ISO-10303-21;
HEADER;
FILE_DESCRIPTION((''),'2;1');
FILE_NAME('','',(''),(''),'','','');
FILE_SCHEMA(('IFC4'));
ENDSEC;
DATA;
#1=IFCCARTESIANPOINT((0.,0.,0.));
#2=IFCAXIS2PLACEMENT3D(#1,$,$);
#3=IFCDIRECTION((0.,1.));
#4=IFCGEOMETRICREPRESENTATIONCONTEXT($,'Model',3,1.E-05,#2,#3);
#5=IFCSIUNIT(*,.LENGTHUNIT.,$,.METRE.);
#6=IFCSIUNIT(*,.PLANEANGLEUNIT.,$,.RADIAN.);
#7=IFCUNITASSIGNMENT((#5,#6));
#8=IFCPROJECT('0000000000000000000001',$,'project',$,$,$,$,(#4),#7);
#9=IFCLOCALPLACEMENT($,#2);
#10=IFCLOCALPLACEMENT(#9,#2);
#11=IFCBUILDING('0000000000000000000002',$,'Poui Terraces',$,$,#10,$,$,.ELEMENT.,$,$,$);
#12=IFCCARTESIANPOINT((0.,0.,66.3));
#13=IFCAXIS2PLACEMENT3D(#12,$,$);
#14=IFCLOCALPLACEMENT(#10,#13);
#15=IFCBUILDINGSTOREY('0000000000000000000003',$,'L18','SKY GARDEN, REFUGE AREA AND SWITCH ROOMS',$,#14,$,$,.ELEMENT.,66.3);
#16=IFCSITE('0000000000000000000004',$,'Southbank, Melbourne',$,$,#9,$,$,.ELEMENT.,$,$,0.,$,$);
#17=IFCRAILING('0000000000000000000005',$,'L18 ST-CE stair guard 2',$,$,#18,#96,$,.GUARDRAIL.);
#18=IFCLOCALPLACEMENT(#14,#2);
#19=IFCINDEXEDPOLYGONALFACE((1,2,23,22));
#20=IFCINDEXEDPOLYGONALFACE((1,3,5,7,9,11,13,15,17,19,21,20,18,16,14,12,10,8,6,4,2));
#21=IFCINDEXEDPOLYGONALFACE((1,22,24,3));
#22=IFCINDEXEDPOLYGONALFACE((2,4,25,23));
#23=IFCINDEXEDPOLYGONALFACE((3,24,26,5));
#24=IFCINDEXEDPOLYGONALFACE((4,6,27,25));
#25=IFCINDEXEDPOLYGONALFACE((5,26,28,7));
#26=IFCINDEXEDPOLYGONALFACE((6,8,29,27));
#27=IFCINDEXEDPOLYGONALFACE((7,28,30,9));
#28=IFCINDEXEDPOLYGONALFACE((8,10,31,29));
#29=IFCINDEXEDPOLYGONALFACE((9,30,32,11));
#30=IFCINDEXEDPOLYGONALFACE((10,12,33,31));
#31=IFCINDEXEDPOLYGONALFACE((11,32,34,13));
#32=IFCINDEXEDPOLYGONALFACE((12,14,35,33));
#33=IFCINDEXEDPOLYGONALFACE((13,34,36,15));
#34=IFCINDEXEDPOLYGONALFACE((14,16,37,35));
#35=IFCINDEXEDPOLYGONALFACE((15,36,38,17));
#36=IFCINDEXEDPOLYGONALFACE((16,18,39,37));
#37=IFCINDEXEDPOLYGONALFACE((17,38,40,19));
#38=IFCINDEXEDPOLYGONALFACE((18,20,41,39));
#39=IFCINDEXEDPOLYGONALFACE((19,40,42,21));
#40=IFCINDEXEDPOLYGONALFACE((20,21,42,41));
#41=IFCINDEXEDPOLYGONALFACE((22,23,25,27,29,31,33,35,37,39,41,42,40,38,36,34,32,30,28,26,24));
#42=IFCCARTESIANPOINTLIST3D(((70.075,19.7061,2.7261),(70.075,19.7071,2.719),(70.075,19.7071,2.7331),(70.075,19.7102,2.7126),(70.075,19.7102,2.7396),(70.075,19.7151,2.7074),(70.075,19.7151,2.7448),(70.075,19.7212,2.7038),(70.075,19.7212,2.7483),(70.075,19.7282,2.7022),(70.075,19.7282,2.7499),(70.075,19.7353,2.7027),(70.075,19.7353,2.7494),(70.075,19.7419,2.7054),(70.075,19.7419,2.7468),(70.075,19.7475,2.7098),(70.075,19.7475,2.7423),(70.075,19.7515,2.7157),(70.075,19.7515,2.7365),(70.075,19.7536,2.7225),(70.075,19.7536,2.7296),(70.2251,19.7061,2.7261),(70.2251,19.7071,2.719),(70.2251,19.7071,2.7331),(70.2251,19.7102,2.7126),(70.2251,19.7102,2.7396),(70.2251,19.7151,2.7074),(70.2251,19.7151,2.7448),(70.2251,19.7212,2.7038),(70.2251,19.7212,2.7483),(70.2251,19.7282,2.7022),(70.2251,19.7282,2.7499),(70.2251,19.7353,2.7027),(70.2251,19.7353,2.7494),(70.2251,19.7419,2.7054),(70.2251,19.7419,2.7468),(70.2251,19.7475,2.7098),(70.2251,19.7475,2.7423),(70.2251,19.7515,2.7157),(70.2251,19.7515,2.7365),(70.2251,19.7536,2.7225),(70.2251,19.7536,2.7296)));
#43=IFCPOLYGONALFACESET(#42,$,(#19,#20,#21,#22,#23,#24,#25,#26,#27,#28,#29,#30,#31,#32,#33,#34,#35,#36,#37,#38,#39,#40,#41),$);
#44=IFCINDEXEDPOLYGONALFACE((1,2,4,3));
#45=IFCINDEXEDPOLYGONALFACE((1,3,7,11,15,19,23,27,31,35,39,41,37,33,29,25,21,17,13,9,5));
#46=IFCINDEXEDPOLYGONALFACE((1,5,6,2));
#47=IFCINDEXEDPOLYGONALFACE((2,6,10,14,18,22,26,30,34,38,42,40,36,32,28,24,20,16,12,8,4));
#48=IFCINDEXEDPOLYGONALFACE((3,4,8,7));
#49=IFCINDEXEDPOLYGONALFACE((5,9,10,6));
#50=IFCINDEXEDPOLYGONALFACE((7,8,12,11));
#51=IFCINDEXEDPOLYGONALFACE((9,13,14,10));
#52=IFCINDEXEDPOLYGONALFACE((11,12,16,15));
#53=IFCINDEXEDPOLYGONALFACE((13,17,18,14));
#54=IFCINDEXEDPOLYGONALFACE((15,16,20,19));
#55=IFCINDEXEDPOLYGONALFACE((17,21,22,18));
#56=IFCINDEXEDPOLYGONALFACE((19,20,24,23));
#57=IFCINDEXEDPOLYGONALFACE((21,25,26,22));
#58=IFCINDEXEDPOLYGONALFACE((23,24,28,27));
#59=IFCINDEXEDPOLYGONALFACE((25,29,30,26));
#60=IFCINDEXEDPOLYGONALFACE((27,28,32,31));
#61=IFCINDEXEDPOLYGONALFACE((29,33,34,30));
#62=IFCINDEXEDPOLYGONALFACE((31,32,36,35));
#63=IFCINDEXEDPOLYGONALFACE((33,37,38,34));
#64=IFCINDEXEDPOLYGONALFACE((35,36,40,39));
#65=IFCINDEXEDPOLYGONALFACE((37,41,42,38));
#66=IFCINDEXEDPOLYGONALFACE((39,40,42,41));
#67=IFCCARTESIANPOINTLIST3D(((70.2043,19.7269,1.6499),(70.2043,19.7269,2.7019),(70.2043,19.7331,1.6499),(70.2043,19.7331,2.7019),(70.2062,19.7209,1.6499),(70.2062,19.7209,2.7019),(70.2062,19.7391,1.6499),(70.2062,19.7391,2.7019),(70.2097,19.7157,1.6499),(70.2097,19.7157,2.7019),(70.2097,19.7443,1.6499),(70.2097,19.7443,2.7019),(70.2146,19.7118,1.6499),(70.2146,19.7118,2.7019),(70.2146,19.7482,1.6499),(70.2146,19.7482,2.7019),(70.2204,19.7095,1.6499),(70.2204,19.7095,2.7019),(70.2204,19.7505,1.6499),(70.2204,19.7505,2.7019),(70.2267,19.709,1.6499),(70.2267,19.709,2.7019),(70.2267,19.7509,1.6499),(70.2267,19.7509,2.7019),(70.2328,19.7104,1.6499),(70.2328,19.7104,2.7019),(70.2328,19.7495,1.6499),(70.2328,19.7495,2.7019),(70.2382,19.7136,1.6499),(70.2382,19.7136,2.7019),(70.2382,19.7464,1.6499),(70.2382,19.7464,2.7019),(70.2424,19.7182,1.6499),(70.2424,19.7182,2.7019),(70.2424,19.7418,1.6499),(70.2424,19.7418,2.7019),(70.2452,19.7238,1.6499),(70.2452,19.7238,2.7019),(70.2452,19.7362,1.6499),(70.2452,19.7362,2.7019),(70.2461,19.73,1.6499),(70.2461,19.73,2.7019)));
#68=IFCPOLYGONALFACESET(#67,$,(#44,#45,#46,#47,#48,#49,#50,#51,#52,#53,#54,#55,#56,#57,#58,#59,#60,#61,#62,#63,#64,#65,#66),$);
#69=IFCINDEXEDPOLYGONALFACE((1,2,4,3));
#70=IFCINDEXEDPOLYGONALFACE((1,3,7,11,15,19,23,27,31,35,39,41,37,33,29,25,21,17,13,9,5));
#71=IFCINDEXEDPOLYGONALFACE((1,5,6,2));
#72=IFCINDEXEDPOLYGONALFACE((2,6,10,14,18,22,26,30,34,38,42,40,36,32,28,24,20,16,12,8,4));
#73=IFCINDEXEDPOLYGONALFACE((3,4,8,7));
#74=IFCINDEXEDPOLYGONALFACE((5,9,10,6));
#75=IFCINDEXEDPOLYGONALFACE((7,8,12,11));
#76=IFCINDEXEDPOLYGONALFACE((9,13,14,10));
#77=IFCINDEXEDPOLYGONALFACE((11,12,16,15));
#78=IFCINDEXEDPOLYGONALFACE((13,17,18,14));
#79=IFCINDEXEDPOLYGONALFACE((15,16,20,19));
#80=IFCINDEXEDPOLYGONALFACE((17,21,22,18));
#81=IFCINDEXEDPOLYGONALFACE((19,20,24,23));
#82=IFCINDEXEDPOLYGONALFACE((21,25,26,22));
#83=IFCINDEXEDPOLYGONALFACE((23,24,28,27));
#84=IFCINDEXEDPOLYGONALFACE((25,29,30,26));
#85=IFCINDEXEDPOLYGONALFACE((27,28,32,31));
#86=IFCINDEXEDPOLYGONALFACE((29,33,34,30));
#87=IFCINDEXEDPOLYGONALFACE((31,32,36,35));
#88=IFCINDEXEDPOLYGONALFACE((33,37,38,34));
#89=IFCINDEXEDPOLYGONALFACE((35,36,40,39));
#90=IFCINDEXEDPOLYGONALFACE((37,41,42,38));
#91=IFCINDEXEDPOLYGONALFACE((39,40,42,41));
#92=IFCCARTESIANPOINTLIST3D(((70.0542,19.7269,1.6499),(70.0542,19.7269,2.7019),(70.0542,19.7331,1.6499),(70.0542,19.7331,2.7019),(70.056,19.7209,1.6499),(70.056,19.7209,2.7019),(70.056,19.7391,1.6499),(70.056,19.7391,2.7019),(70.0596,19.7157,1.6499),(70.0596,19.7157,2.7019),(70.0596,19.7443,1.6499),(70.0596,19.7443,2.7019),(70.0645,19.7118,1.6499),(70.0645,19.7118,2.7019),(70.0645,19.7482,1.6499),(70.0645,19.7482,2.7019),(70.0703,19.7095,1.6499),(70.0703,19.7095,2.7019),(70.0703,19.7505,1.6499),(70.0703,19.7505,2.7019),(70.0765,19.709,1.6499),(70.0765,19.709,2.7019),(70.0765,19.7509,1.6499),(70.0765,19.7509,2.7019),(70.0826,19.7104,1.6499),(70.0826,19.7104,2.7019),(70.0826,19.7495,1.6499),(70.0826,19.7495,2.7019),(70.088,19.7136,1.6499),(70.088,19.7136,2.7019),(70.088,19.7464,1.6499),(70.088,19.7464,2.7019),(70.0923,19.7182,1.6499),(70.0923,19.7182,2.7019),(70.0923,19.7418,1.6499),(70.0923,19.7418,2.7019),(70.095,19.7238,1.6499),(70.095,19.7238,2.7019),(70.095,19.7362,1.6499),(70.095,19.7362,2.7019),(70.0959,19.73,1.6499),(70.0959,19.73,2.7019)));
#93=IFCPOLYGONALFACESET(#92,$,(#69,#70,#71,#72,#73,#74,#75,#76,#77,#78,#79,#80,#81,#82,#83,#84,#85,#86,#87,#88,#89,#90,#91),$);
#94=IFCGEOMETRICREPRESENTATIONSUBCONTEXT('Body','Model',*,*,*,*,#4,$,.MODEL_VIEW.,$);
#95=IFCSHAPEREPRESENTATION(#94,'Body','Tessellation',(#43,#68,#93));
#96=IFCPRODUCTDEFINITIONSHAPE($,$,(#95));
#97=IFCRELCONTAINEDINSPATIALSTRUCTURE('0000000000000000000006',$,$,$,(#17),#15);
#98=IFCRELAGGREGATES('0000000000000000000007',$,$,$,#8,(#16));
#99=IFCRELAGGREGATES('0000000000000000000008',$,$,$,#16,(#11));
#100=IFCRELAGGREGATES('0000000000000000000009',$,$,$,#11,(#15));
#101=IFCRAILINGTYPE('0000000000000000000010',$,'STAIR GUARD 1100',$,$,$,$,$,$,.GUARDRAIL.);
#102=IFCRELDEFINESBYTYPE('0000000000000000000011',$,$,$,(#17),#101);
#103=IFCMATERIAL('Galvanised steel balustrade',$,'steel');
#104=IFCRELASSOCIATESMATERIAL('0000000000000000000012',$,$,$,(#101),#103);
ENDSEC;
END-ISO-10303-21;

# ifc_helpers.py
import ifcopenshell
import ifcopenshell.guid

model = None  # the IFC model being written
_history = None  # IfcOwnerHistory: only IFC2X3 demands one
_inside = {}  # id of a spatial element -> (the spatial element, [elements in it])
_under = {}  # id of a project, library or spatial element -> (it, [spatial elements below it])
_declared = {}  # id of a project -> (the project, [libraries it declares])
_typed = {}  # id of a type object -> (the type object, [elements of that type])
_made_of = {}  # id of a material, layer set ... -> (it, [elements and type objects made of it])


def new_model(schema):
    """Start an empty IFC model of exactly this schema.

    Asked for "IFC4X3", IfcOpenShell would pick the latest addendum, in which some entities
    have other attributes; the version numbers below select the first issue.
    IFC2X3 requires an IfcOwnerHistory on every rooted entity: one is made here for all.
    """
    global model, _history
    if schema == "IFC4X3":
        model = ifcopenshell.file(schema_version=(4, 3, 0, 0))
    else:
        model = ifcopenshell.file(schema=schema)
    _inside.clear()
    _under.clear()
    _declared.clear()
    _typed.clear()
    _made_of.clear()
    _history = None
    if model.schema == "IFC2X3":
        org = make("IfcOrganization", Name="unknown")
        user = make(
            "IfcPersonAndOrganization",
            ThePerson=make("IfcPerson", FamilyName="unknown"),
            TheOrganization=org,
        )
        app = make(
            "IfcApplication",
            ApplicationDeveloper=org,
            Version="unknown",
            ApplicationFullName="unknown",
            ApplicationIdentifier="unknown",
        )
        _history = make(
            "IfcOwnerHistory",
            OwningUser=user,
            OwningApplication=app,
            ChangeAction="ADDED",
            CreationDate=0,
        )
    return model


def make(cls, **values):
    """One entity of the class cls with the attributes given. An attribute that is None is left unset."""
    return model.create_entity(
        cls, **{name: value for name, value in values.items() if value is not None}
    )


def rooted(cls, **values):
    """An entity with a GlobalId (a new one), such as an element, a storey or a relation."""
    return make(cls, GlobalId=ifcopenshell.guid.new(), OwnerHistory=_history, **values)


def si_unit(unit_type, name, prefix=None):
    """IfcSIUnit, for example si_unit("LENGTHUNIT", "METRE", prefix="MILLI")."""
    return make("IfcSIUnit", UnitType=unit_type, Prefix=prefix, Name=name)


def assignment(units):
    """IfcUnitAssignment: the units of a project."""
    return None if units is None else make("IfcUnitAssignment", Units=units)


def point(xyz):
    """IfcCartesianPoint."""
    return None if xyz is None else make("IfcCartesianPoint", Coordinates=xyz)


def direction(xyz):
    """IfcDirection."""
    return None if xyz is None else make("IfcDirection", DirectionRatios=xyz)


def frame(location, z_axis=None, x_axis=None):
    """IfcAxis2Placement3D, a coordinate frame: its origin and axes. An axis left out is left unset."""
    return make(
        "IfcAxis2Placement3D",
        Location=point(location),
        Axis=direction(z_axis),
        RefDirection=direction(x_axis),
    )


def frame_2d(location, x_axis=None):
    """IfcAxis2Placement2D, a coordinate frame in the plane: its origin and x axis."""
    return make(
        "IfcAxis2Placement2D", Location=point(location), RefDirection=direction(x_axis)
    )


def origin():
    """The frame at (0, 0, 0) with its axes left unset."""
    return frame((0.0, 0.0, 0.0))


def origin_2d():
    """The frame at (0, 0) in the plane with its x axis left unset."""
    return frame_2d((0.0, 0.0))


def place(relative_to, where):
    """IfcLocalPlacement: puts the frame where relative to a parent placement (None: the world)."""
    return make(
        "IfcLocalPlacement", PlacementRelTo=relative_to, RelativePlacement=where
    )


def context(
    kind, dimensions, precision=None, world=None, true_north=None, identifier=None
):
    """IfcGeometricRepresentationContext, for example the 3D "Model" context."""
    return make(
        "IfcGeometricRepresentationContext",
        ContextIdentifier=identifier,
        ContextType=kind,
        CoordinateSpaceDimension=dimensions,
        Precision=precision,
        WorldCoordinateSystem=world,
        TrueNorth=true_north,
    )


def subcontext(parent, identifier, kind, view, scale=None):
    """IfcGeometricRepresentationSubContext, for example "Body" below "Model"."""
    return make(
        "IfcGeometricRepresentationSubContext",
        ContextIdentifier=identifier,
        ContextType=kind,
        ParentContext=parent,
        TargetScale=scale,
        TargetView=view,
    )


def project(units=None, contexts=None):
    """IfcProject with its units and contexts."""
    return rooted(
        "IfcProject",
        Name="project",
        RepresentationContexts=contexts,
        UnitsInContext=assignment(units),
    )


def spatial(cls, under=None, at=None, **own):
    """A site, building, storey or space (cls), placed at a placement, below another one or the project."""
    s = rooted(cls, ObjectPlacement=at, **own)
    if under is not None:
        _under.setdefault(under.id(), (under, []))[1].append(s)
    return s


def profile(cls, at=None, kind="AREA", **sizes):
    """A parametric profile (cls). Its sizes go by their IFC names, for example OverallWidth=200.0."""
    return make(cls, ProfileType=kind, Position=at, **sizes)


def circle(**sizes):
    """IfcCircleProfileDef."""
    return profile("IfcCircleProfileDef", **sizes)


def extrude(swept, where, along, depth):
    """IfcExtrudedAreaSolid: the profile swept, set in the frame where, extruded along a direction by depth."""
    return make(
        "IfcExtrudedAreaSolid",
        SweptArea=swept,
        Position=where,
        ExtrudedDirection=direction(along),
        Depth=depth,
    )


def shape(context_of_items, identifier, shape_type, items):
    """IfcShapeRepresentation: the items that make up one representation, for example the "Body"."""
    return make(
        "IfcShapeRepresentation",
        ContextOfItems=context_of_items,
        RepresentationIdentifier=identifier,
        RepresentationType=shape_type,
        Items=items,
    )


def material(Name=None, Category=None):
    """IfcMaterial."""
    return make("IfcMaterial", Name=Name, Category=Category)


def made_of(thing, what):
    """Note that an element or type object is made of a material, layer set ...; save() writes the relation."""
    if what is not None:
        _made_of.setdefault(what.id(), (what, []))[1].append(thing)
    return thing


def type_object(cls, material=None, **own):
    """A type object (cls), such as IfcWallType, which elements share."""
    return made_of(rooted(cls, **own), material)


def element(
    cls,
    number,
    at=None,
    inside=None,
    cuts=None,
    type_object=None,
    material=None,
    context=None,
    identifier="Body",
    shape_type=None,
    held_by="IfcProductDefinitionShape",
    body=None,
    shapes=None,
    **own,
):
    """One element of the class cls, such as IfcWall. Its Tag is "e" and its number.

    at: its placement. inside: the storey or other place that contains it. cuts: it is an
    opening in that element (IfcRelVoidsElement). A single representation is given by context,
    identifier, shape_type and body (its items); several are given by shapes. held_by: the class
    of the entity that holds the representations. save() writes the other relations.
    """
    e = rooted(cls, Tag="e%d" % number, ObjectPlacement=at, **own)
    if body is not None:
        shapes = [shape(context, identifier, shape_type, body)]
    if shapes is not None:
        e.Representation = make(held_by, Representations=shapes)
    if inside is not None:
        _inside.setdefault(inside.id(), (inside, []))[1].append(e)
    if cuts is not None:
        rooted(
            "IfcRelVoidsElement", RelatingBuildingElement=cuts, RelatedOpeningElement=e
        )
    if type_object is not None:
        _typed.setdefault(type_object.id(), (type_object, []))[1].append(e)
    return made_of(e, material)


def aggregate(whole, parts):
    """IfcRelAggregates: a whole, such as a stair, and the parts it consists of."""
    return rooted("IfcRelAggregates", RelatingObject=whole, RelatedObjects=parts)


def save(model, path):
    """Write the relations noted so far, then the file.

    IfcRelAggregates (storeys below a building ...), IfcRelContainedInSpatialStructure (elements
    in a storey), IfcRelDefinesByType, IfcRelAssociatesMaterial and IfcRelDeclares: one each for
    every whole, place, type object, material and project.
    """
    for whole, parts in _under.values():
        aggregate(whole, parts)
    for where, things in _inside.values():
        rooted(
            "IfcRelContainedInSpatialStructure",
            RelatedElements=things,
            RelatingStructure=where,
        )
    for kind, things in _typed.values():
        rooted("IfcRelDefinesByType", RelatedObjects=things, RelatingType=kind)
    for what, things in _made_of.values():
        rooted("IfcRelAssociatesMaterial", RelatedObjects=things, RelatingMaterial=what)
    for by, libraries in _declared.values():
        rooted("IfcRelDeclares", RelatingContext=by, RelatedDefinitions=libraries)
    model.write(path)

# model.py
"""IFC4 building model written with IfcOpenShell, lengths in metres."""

from ifc_helpers import new_model, si_unit, direction, frame, origin, origin_2d, place, context, subcontext, project, spatial, circle, extrude, material, type_object, element, save


model = new_model("IFC4")

# Units and contexts
model_context = context("Model", 3, precision=1e-05, world=origin(), true_north=direction((0.0, 1.0)))
body_context = subcontext(model_context, "Body", "Model", "MODEL_VIEW")
ifc_project = project(units=[si_unit("LENGTHUNIT", "METRE"), si_unit("PLANEANGLEUNIT", "RADIAN")], contexts=[model_context])

# Site, building, storey
site_placement = place(None, origin())
site = spatial("IfcSite", under=ifc_project, at=site_placement, Name="Southbank, Melbourne", CompositionType="ELEMENT", RefElevation=0.0)
building_placement = place(site_placement, origin())
building = spatial("IfcBuilding", under=site, at=building_placement, Name="Poui Terraces", CompositionType="ELEMENT")
storey_placement = place(building_placement, frame((0.0, 0.0, 66.3)))
storey = spatial("IfcBuildingStorey", under=building, at=storey_placement, Name="L18", Description="SKY GARDEN, REFUGE AREA AND SWITCH ROOMS", CompositionType="ELEMENT", Elevation=66.3)

# Railing
ifc_material_1 = material(Name="Galvanised steel balustrade", Category="steel")
railing_type_1 = type_object("IfcRailingType", Name="STAIR GUARD 1100", PredefinedType="GUARDRAIL", material=ifc_material_1)
railing_1_placement = place(storey_placement, frame((70.2251, 19.73, 1.6499)))
element("IfcRailing", 1, at=railing_1_placement, inside=storey, type_object=railing_type_1, Name="L18 ST-CE stair guard 2", PredefinedType="GUARDRAIL", context=body_context, shape_type="SweptSolid", body=[
    extrude(circle(Radius=0.0239, at=origin_2d()), frame((0.0, 0.0, 1.0762), z_axis=(-1.0, 0.0, 0.0), x_axis=(0.0, -1.0, 0.0)), (0.0, 0.0, 1.0), 0.1501),
    extrude(circle(Radius=0.021, at=origin_2d()), origin(), (0.0, 0.0, 1.0), 1.052),
    extrude(circle(Radius=0.021, at=origin_2d()), frame((-0.1501, 0.0, 0.0)), (0.0, 0.0, 1.0), 1.052),
])

save(model, "model.ifc")
